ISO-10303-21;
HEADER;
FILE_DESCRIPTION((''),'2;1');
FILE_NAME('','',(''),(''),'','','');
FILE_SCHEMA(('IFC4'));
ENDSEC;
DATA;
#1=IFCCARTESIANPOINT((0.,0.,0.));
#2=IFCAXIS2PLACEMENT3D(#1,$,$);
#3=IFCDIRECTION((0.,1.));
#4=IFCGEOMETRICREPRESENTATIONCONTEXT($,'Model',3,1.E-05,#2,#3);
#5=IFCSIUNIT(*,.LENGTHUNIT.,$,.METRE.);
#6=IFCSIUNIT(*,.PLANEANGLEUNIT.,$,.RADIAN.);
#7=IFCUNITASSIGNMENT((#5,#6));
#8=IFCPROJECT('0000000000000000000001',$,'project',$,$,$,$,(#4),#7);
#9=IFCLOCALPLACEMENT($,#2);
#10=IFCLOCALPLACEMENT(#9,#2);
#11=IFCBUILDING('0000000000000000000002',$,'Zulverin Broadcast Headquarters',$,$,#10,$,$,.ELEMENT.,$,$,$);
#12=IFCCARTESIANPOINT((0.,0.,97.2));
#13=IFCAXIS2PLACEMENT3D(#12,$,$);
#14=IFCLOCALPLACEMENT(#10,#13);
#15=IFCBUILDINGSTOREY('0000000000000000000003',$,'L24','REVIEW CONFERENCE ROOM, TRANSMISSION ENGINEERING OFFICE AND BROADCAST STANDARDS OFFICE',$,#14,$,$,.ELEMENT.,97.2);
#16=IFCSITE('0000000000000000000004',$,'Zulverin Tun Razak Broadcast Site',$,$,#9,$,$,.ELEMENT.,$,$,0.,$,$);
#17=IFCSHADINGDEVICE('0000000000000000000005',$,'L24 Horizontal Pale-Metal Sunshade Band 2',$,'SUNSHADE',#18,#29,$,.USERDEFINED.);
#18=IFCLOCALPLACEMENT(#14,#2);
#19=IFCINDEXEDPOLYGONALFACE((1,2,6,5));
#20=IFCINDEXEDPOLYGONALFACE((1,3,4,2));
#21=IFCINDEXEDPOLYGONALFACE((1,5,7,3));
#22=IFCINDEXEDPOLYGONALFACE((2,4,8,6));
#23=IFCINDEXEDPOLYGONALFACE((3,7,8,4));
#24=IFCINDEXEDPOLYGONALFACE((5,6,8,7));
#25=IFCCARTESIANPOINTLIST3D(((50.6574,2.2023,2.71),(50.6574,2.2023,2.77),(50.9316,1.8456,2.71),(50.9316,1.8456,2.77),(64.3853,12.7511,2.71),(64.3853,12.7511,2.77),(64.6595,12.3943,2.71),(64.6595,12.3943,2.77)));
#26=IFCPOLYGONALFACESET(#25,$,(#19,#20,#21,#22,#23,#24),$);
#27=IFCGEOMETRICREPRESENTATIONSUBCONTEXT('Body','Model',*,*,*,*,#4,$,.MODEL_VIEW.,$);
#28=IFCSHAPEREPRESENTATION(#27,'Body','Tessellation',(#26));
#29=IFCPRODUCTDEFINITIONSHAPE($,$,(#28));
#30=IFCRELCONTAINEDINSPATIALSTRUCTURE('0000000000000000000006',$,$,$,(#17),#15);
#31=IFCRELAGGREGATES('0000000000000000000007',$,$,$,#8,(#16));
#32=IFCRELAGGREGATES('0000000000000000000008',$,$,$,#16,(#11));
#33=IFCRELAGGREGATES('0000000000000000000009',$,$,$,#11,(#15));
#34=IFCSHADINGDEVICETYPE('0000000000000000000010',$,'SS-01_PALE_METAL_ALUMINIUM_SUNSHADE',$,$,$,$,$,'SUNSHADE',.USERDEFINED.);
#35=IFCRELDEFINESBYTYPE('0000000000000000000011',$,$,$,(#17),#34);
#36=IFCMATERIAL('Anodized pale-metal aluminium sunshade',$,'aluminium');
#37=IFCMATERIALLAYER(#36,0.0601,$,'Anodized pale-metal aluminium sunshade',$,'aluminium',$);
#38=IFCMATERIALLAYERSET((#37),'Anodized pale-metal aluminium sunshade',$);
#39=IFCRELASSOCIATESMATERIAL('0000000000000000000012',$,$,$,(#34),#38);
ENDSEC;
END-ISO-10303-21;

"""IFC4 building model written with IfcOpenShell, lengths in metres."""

from ifc_helpers import new_model, si_unit, direction, frame, origin, origin_2d, place, context, subcontext, project, spatial, rectangle, extrude, material, layer, layer_set, type_object, element, save


model = new_model("IFC4")

# Units and contexts
model_context = context("Model", 3, precision=1e-05, world=origin(), true_north=direction((0.0, 1.0)))
body_context = subcontext(model_context, "Body", "Model", "MODEL_VIEW")
ifc_project = project(units=[si_unit("LENGTHUNIT", "METRE"), si_unit("PLANEANGLEUNIT", "RADIAN")], contexts=[model_context])

# Site, building, storey
site_placement = place(None, origin())
site = spatial("IfcSite", under=ifc_project, at=site_placement, Name="Zulverin Tun Razak Broadcast Site", CompositionType="ELEMENT", RefElevation=0.0)
building_placement = place(site_placement, origin())
building = spatial("IfcBuilding", under=site, at=building_placement, Name="Zulverin Broadcast Headquarters", CompositionType="ELEMENT")
storey_placement = place(building_placement, frame((0.0, 0.0, 97.2)))
storey = spatial("IfcBuildingStorey", under=building, at=storey_placement, Name="L24", Description="REVIEW CONFERENCE ROOM, TRANSMISSION ENGINEERING OFFICE AND BROADCAST STANDARDS OFFICE", CompositionType="ELEMENT", Elevation=97.2)

# Shading device
ifc_material_1 = material(Name="Anodized pale-metal aluminium sunshade", Category="aluminium")
ifc_layer_1 = layer(ifc_material_1, 0.0601, Name="Anodized pale-metal aluminium sunshade", Category="aluminium")
ifc_layer_set_1 = layer_set([ifc_layer_1], Name="Anodized pale-metal aluminium sunshade")
shading_device_type_1 = type_object("IfcShadingDeviceType", Name="SS-01_PALE_METAL_ALUMINIUM_SUNSHADE", ElementType="SUNSHADE", PredefinedType="USERDEFINED", material=ifc_layer_set_1)
shading_device_1_placement = place(storey_placement, frame((57.6584, 7.2983, 2.71), z_axis=(0.0, 0.0, 1.0), x_axis=(0.792933, 0.609308, 0.0)))
element("IfcShadingDevice", 1, at=shading_device_1_placement, inside=storey, type_object=shading_device_type_1, Name="L24 Horizontal Pale-Metal Sunshade Band 2", ObjectType="SUNSHADE", PredefinedType="USERDEFINED", context=body_context, shape_type="SweptSolid", body=[
    extrude(rectangle(XDim=17.3127, YDim=0.45, at=origin_2d()), origin(), (0.0, 0.0, 1.0), 0.0601),
])

save(model, "model.ifc")
